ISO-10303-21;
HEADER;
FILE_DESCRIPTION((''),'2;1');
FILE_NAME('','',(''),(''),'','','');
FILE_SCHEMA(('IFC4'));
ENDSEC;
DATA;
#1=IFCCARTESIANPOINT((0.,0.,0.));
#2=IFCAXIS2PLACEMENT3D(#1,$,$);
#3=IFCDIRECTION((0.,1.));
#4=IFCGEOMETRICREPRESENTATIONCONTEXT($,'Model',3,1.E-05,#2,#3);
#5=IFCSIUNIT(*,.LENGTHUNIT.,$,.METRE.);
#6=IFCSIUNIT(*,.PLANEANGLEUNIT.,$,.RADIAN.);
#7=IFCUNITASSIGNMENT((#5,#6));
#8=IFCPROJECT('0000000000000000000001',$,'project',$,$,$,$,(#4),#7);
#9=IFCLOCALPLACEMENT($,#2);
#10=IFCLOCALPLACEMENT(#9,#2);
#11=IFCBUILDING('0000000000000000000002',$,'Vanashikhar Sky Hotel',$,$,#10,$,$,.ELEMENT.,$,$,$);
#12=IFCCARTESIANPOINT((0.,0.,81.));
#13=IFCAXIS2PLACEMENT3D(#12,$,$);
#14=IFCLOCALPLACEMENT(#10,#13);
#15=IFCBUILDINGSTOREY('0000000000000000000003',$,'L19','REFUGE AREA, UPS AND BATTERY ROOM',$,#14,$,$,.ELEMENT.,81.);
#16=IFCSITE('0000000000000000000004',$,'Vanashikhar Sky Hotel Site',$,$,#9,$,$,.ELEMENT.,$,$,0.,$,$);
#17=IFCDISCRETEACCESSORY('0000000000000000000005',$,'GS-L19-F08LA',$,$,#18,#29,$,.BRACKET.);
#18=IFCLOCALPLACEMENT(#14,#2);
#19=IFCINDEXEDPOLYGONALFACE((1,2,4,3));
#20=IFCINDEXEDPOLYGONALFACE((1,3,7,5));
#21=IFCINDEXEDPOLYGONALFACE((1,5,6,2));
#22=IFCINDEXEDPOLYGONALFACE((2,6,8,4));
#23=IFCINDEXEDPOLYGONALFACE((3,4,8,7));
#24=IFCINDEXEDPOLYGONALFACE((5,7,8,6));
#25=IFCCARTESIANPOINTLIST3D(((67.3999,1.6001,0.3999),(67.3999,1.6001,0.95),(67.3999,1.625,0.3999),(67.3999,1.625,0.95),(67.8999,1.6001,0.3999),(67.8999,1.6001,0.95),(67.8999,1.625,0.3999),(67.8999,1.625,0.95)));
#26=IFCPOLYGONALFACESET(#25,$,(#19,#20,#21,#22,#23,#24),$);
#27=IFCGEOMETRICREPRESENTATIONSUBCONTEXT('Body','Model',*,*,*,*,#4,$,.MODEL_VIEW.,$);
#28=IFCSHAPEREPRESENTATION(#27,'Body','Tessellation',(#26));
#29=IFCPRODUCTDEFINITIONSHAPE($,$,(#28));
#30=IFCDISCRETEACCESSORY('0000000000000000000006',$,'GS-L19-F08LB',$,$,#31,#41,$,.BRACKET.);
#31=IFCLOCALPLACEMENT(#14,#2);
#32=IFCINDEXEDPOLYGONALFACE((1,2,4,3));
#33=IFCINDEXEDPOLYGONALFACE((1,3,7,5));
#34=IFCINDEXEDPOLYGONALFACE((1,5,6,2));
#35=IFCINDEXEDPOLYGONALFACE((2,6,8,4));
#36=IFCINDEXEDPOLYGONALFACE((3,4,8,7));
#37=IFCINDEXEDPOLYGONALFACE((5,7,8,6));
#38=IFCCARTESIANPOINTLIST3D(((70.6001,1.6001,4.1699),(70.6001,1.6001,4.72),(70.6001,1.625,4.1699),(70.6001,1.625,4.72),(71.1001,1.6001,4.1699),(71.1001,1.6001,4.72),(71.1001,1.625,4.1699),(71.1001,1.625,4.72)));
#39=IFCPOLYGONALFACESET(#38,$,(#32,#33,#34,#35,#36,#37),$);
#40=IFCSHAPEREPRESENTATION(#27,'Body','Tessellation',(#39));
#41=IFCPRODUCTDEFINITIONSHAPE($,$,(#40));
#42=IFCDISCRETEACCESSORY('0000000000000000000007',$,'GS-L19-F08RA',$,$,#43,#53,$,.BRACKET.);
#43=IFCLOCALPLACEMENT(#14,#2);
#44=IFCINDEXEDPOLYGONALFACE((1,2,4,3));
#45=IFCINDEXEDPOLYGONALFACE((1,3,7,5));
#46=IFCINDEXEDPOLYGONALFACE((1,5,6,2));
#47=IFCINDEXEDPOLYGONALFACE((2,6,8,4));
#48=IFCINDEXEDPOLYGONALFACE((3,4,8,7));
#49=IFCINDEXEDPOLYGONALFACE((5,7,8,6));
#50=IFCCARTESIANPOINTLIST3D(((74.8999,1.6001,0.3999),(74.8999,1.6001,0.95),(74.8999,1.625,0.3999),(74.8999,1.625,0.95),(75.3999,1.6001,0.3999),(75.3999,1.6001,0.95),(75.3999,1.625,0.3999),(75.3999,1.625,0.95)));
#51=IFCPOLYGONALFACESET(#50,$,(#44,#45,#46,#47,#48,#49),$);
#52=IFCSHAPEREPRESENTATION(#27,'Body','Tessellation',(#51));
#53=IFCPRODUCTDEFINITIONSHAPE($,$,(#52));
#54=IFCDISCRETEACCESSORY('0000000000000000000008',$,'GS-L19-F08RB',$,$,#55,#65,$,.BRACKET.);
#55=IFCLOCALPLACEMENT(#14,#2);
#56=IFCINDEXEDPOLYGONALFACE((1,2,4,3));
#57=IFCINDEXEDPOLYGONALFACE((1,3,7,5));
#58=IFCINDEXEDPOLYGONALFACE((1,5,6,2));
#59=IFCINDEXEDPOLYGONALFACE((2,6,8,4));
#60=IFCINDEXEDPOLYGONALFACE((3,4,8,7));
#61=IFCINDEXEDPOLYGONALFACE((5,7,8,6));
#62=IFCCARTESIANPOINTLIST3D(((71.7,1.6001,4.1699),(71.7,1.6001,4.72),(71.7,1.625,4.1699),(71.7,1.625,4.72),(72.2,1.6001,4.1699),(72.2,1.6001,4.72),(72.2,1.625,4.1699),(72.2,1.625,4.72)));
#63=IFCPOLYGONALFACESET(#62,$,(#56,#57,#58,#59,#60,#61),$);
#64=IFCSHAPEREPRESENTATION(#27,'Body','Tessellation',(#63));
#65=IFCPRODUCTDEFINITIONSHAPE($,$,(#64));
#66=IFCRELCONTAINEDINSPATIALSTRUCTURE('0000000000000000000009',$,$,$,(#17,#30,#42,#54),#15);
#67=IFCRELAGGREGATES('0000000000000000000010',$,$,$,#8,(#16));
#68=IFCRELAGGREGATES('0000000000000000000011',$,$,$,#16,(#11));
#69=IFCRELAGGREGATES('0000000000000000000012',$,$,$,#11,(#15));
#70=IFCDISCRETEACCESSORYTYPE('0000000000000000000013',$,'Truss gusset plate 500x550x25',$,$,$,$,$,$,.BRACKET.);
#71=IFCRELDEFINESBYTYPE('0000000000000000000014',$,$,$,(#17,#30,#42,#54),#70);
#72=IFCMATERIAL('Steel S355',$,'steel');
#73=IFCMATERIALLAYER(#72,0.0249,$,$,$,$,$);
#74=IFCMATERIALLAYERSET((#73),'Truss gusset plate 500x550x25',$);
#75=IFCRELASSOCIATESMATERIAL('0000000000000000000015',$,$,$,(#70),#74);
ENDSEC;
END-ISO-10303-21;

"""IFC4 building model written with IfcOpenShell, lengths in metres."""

from ifc_helpers import new_model, si_unit, direction, frame, origin, origin_2d, place, context, subcontext, project, spatial, rectangle, extrude, source, transform, mapped, material, layer, layer_set, type_object, element, save


model = new_model("IFC4")

# Units and contexts
model_context = context("Model", 3, precision=1e-05, world=origin(), true_north=direction((0.0, 1.0)))
body_context = subcontext(model_context, "Body", "Model", "MODEL_VIEW")
ifc_project = project(units=[si_unit("LENGTHUNIT", "METRE"), si_unit("PLANEANGLEUNIT", "RADIAN")], contexts=[model_context])

# Site, building, storey
site_placement = place(None, origin())
site = spatial("IfcSite", under=ifc_project, at=site_placement, Name="Vanashikhar Sky Hotel Site", CompositionType="ELEMENT", RefElevation=0.0)
building_placement = place(site_placement, origin())
building = spatial("IfcBuilding", under=site, at=building_placement, Name="Vanashikhar Sky Hotel", CompositionType="ELEMENT")
storey_placement = place(building_placement, frame((0.0, 0.0, 81.0)))
storey = spatial("IfcBuildingStorey", under=building, at=storey_placement, Name="L19", Description="REFUGE AREA, UPS AND BATTERY ROOM", CompositionType="ELEMENT", Elevation=81.0)

# Shared definitions
ifc_material_1 = material(Name="Steel S355", Category="steel")

# Discrete accessories
ifc_layer_1 = layer(ifc_material_1, 0.0249)
ifc_layer_set_1 = layer_set([ifc_layer_1], Name="Truss gusset plate 500x550x25")
discrete_accessory_type_1 = type_object("IfcDiscreteAccessoryType", Name="Truss gusset plate 500x550x25", PredefinedType="BRACKET", material=ifc_layer_set_1)
shared_shape_1 = source(origin(), body_context, "Body", "SweptSolid", [
    extrude(rectangle(XDim=0.5, YDim=0.0249, at=origin_2d()), origin(), (0.0, 0.0, 1.0), 0.55),
])
for number, where, z_axis, x_axis, name in (
    (1, (67.6499, 1.6125, 0.3999), (0.0, 0.0, 1.0), (1.0, 0.0, 0.0), "GS-L19-F08LA"),
    (2, (70.8501, 1.6125, 4.1699), (0.0, 0.0, 1.0), (1.0, 0.0, 0.0), "GS-L19-F08LB"),
    (3, (75.1499, 1.6125, 0.3999), (0.0, 0.0, 1.0), (1.0, 0.0, 0.0), "GS-L19-F08RA"),
    (4, (71.95, 1.6125, 4.1699), (0.0, 0.0, 1.0), (1.0, 0.0, 0.0), "GS-L19-F08RB"),
):
    element("IfcDiscreteAccessory", number, at=place(storey_placement, frame(where, z_axis=z_axis, x_axis=x_axis)), inside=storey, type_object=discrete_accessory_type_1, Name=name, PredefinedType="BRACKET", context=body_context, shape_type="MappedRepresentation", body=[
        mapped(shared_shape_1, transform((0.0, 0.0, 0.0), scale=1.0)),
    ])

save(model, "model.ifc")
